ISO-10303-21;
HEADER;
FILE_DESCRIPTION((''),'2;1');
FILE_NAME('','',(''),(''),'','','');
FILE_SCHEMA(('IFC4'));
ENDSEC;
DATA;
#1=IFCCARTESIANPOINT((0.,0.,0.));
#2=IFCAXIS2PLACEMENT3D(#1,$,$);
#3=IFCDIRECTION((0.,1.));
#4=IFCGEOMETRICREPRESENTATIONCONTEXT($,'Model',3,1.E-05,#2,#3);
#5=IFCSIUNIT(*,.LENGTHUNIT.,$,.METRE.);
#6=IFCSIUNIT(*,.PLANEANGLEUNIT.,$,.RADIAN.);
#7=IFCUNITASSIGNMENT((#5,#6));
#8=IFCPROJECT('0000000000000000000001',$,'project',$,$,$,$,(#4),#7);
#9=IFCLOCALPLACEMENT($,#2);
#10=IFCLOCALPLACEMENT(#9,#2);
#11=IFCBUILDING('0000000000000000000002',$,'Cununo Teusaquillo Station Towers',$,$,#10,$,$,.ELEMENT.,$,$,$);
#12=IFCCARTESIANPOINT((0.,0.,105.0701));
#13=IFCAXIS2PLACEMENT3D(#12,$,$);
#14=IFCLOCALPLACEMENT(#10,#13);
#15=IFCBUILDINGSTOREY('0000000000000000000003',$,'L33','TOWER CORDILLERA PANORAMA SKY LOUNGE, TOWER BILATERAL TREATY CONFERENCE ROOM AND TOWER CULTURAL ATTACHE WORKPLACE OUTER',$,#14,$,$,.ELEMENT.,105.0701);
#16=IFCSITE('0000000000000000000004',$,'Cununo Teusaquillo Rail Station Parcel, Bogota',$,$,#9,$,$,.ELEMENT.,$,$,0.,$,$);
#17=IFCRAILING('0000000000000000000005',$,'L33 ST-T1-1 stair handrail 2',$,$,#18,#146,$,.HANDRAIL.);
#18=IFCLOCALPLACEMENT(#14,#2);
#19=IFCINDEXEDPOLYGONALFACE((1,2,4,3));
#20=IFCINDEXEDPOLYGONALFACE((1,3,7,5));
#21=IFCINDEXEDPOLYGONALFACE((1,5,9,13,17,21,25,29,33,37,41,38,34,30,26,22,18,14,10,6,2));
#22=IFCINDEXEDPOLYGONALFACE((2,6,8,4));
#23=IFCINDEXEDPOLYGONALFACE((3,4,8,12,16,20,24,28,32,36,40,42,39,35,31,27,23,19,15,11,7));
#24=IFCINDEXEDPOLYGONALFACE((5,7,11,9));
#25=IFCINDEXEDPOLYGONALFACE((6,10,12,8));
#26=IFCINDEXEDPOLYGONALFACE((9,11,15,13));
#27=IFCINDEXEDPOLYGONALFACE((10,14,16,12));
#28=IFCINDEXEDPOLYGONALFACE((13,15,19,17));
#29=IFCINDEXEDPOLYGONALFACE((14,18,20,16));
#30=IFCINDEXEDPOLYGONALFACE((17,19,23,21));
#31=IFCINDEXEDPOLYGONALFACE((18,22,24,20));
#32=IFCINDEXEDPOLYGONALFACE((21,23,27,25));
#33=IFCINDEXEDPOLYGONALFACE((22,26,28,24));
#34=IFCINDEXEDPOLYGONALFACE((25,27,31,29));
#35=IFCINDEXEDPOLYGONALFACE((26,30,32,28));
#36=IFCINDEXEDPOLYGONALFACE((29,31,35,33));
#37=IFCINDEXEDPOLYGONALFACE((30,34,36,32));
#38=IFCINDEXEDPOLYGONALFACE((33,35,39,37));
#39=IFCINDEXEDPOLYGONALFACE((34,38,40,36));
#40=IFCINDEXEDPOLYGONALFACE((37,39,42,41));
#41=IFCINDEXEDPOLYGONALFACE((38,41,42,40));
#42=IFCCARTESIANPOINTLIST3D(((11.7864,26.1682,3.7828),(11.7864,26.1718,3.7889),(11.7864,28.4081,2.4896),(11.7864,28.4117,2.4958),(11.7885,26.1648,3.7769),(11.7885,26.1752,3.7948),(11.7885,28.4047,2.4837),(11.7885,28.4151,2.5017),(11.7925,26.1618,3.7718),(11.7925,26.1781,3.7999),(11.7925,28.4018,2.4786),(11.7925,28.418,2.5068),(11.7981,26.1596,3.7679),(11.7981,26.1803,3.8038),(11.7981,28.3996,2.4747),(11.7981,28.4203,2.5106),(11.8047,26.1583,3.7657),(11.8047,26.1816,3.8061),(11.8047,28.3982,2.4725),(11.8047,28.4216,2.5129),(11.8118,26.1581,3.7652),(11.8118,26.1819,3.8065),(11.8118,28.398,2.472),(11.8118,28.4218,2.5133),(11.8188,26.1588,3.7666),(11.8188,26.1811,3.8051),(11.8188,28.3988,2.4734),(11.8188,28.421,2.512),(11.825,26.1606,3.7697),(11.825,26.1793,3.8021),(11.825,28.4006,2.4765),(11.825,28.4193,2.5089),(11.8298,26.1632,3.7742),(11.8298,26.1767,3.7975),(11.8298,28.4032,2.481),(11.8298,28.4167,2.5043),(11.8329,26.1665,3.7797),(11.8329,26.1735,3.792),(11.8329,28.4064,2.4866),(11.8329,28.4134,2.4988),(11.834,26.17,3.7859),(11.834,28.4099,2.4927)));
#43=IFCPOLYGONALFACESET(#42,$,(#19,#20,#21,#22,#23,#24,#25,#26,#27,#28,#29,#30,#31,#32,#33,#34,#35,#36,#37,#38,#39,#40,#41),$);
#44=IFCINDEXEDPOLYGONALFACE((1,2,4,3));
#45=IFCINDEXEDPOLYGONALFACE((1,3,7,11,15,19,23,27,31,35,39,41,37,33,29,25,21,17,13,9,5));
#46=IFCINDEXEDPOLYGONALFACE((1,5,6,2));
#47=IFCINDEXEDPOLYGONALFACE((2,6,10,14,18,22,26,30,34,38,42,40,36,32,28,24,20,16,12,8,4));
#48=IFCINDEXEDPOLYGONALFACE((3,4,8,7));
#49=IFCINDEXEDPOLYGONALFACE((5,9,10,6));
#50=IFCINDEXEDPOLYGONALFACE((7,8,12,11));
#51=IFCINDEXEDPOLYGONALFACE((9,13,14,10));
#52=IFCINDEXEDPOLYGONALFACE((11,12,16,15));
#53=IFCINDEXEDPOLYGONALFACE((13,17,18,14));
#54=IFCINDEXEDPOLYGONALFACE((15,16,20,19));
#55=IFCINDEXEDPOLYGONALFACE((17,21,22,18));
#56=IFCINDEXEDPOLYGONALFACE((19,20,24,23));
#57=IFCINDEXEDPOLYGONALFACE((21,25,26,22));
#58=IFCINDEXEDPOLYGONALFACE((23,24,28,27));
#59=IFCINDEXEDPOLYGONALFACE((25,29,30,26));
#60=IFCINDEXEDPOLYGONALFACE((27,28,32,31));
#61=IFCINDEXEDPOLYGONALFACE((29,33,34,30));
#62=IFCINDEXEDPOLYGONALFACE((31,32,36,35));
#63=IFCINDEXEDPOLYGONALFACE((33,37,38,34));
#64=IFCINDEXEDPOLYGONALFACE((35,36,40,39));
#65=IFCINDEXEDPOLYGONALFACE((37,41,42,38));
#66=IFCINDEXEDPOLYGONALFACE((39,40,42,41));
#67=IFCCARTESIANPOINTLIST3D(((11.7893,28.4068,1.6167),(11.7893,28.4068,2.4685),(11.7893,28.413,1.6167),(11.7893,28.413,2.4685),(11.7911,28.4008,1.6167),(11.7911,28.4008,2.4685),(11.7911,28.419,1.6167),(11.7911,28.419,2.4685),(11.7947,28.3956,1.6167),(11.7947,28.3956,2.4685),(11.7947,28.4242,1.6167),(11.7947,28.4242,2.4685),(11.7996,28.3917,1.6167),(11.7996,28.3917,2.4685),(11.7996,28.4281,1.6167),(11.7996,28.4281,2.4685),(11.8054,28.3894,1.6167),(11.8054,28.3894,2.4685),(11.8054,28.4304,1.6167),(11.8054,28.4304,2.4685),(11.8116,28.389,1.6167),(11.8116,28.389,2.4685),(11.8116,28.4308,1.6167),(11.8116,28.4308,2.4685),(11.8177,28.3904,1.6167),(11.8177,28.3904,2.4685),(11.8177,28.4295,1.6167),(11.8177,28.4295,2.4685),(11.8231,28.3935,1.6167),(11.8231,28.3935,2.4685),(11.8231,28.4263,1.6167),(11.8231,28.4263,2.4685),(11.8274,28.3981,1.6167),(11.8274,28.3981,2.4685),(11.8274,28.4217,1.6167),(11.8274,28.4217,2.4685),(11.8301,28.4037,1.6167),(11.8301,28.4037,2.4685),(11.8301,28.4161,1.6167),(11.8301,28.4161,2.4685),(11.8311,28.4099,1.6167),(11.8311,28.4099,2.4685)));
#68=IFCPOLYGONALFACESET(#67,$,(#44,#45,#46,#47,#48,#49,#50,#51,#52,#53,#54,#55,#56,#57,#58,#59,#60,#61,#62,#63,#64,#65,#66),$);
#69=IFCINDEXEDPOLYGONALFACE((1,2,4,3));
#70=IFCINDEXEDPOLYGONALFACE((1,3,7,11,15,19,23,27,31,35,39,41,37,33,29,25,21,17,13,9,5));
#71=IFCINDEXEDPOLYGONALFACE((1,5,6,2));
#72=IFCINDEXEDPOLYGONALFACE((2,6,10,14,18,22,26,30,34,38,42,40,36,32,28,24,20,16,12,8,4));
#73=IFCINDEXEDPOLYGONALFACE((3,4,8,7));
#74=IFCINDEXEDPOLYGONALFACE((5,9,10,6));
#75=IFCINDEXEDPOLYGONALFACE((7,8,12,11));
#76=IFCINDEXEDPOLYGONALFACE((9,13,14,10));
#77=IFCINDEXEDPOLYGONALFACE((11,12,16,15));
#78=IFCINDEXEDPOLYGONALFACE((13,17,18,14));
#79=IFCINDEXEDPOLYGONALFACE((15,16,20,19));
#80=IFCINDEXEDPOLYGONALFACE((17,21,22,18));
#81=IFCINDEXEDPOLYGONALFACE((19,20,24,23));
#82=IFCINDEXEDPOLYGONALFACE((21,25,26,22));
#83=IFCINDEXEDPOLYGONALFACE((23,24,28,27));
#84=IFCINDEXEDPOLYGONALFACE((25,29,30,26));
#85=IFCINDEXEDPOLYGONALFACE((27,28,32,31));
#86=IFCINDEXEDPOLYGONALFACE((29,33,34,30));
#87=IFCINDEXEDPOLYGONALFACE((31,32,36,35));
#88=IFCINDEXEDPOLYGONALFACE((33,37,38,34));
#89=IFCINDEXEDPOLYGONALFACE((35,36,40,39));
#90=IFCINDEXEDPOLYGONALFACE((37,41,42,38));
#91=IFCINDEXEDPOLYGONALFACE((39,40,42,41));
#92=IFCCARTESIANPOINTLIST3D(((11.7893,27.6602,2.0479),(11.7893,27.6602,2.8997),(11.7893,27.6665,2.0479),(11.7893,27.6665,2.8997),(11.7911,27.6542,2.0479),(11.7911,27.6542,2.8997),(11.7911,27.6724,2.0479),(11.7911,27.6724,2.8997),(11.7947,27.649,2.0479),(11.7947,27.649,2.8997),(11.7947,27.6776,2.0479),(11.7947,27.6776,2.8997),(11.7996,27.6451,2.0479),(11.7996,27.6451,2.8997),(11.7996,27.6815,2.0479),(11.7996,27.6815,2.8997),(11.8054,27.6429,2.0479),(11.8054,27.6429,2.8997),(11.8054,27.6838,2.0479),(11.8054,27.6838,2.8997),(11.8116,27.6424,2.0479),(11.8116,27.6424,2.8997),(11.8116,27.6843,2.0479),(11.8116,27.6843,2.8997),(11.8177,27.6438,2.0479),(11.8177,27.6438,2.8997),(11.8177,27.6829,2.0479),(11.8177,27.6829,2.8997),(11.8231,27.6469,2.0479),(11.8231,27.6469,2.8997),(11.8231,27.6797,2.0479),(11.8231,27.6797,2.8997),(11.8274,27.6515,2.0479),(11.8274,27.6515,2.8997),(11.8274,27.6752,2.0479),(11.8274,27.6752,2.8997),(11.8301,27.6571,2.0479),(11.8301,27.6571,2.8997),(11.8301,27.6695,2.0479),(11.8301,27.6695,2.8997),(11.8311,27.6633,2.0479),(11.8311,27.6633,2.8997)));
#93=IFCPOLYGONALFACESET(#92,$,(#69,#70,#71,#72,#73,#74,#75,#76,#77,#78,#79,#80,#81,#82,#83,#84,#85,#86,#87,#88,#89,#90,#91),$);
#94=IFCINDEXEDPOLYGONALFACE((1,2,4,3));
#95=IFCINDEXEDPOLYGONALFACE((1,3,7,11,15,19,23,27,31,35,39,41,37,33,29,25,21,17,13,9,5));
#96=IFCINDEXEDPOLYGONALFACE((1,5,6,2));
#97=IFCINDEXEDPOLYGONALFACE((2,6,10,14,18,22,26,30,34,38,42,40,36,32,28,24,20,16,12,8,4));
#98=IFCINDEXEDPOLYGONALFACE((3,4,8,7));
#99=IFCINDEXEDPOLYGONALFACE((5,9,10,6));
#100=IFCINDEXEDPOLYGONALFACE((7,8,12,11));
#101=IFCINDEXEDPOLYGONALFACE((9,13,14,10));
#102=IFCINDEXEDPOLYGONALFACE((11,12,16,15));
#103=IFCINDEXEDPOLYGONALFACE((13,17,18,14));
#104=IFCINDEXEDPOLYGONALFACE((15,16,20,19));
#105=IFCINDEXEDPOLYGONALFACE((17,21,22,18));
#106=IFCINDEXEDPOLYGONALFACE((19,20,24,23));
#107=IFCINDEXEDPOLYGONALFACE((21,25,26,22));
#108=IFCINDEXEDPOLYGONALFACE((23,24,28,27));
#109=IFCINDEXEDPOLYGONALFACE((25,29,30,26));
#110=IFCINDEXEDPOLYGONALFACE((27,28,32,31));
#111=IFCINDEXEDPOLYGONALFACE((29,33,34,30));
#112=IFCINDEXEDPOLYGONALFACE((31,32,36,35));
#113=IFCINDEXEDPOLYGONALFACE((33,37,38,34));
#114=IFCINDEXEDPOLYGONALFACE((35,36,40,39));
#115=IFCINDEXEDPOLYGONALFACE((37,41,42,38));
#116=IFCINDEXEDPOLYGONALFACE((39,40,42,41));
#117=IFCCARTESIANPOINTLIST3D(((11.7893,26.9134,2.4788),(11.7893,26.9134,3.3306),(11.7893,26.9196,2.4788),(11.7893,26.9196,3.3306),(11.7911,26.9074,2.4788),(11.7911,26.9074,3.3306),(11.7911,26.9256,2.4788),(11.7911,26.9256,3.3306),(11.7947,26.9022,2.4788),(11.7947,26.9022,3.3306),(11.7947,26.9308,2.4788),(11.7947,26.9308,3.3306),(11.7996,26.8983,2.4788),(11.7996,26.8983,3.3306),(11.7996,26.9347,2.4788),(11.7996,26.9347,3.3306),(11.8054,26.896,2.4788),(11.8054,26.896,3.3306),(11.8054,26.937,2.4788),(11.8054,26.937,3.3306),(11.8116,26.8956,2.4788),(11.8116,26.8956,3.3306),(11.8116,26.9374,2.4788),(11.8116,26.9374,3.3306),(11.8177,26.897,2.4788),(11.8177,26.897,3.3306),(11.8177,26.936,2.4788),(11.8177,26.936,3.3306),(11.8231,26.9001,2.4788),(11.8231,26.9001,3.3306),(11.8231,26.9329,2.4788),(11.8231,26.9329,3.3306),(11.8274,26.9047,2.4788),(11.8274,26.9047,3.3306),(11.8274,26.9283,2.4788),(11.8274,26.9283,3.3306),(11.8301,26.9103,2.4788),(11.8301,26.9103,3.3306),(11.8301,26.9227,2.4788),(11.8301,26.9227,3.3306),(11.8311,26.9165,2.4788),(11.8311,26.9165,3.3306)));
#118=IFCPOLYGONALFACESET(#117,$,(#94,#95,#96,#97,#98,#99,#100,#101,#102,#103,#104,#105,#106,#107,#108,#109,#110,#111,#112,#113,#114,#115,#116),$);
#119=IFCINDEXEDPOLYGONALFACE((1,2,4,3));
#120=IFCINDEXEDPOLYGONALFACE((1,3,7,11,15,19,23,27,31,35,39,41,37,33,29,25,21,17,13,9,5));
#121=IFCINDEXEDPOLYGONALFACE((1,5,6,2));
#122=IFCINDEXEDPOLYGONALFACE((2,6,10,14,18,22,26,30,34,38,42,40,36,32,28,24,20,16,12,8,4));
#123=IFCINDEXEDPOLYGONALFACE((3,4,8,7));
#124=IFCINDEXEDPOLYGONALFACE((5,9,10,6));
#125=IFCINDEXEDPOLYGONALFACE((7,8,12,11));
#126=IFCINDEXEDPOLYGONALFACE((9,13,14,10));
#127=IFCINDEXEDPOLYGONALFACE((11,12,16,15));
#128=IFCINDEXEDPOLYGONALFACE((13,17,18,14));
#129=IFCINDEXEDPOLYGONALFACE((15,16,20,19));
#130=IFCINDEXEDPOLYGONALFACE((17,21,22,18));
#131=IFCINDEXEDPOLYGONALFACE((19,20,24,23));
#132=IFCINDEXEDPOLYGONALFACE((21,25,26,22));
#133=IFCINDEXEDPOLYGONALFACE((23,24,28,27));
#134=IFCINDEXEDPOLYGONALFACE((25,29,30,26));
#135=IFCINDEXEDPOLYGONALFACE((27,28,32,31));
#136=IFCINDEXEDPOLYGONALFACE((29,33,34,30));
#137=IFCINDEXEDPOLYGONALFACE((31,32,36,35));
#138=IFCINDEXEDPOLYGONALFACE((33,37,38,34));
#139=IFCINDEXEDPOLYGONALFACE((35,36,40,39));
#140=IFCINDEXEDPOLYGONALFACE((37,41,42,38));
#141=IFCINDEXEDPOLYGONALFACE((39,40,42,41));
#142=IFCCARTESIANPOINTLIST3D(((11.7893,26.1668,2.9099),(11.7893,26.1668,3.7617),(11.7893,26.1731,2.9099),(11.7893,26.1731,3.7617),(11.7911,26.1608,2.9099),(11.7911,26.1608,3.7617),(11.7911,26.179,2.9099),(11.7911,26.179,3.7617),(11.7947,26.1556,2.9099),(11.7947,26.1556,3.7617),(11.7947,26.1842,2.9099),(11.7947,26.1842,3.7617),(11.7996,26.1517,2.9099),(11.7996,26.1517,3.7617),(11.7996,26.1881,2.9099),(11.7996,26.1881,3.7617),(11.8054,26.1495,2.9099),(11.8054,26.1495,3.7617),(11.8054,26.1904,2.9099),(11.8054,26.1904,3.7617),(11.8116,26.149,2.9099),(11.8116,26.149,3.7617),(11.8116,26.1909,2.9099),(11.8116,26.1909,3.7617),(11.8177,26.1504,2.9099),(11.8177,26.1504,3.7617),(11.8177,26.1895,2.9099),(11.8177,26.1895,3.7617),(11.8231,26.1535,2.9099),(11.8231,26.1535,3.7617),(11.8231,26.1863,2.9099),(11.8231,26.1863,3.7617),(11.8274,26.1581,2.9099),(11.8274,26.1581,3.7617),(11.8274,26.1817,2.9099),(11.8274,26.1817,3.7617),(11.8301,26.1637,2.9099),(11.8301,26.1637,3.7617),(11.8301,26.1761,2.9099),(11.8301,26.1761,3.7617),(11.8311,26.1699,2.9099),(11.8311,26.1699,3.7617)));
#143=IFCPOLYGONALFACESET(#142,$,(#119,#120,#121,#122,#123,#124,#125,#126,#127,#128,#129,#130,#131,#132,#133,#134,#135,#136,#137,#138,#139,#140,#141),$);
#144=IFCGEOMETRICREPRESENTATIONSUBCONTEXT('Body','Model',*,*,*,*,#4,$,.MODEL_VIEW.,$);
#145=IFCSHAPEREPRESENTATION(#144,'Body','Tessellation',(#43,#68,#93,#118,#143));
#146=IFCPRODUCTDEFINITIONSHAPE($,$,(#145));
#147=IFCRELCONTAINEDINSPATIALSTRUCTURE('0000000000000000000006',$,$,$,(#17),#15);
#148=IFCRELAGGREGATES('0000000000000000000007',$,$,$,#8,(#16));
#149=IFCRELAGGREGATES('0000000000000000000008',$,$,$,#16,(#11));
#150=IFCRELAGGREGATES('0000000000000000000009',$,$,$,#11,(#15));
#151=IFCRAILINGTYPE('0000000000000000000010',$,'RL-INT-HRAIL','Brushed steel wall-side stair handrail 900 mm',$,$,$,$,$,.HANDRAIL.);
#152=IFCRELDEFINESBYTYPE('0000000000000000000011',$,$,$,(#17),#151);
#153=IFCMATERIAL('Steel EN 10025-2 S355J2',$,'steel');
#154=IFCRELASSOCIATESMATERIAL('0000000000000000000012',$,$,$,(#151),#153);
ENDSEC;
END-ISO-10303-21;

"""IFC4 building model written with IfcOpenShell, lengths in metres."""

from ifc_helpers import new_model, si_unit, direction, frame, origin, origin_2d, place, context, subcontext, project, spatial, circle, extrude, material, type_object, element, save


model = new_model("IFC4")

# Units and contexts
model_context = context("Model", 3, precision=1e-05, world=origin(), true_north=direction((0.0, 1.0)))
body_context = subcontext(model_context, "Body", "Model", "MODEL_VIEW")
ifc_project = project(units=[si_unit("LENGTHUNIT", "METRE"), si_unit("PLANEANGLEUNIT", "RADIAN")], contexts=[model_context])

# Site, building, storey
site_placement = place(None, origin())
site = spatial("IfcSite", under=ifc_project, at=site_placement, Name="Cununo Teusaquillo Rail Station Parcel, Bogota", CompositionType="ELEMENT", RefElevation=0.0)
building_placement = place(site_placement, origin())
building = spatial("IfcBuilding", under=site, at=building_placement, Name="Cununo Teusaquillo Station Towers", CompositionType="ELEMENT")
storey_placement = place(building_placement, frame((0.0, 0.0, 105.0701)))
storey = spatial("IfcBuildingStorey", under=building, at=storey_placement, Name="L33", Description="TOWER CORDILLERA PANORAMA SKY LOUNGE, TOWER BILATERAL TREATY CONFERENCE ROOM AND TOWER CULTURAL ATTACHE WORKPLACE OUTER", CompositionType="ELEMENT", Elevation=105.0701)

# Railing
ifc_material_1 = material(Name="Steel EN 10025-2 S355J2", Category="steel")
railing_type_1 = type_object("IfcRailingType", Name="RL-INT-HRAIL", Description="Brushed steel wall-side stair handrail 900 mm", PredefinedType="HANDRAIL", material=ifc_material_1)
railing_1_placement = place(storey_placement, frame((11.8101, 28.4099, 1.6167)))
element("IfcRailing", 1, at=railing_1_placement, inside=storey, type_object=railing_type_1, Name="L33 ST-T1-1 stair handrail 2", PredefinedType="HANDRAIL", context=body_context, shape_type="SweptSolid", body=[
    extrude(circle(Radius=0.0239, at=origin_2d()), frame((0.0, 0.0, 0.876), z_axis=(0.0, -0.866033, 0.499987), x_axis=(1.0, 0.0, 0.0)), (0.0, 0.0, 1.0), 2.5864),
    extrude(circle(Radius=0.021, at=origin_2d()), origin(), (0.0, 0.0, 1.0), 0.8518),
    extrude(circle(Radius=0.021, at=origin_2d()), frame((0.0, -0.7466, 0.4312)), (0.0, 0.0, 1.0), 0.8518),
    extrude(circle(Radius=0.021, at=origin_2d()), frame((0.0, -1.4934, 0.8621)), (0.0, 0.0, 1.0), 0.8518),
    extrude(circle(Radius=0.021, at=origin_2d()), frame((0.0, -2.24, 1.2932)), (0.0, 0.0, 1.0), 0.8518),
])

save(model, "model.ifc")
